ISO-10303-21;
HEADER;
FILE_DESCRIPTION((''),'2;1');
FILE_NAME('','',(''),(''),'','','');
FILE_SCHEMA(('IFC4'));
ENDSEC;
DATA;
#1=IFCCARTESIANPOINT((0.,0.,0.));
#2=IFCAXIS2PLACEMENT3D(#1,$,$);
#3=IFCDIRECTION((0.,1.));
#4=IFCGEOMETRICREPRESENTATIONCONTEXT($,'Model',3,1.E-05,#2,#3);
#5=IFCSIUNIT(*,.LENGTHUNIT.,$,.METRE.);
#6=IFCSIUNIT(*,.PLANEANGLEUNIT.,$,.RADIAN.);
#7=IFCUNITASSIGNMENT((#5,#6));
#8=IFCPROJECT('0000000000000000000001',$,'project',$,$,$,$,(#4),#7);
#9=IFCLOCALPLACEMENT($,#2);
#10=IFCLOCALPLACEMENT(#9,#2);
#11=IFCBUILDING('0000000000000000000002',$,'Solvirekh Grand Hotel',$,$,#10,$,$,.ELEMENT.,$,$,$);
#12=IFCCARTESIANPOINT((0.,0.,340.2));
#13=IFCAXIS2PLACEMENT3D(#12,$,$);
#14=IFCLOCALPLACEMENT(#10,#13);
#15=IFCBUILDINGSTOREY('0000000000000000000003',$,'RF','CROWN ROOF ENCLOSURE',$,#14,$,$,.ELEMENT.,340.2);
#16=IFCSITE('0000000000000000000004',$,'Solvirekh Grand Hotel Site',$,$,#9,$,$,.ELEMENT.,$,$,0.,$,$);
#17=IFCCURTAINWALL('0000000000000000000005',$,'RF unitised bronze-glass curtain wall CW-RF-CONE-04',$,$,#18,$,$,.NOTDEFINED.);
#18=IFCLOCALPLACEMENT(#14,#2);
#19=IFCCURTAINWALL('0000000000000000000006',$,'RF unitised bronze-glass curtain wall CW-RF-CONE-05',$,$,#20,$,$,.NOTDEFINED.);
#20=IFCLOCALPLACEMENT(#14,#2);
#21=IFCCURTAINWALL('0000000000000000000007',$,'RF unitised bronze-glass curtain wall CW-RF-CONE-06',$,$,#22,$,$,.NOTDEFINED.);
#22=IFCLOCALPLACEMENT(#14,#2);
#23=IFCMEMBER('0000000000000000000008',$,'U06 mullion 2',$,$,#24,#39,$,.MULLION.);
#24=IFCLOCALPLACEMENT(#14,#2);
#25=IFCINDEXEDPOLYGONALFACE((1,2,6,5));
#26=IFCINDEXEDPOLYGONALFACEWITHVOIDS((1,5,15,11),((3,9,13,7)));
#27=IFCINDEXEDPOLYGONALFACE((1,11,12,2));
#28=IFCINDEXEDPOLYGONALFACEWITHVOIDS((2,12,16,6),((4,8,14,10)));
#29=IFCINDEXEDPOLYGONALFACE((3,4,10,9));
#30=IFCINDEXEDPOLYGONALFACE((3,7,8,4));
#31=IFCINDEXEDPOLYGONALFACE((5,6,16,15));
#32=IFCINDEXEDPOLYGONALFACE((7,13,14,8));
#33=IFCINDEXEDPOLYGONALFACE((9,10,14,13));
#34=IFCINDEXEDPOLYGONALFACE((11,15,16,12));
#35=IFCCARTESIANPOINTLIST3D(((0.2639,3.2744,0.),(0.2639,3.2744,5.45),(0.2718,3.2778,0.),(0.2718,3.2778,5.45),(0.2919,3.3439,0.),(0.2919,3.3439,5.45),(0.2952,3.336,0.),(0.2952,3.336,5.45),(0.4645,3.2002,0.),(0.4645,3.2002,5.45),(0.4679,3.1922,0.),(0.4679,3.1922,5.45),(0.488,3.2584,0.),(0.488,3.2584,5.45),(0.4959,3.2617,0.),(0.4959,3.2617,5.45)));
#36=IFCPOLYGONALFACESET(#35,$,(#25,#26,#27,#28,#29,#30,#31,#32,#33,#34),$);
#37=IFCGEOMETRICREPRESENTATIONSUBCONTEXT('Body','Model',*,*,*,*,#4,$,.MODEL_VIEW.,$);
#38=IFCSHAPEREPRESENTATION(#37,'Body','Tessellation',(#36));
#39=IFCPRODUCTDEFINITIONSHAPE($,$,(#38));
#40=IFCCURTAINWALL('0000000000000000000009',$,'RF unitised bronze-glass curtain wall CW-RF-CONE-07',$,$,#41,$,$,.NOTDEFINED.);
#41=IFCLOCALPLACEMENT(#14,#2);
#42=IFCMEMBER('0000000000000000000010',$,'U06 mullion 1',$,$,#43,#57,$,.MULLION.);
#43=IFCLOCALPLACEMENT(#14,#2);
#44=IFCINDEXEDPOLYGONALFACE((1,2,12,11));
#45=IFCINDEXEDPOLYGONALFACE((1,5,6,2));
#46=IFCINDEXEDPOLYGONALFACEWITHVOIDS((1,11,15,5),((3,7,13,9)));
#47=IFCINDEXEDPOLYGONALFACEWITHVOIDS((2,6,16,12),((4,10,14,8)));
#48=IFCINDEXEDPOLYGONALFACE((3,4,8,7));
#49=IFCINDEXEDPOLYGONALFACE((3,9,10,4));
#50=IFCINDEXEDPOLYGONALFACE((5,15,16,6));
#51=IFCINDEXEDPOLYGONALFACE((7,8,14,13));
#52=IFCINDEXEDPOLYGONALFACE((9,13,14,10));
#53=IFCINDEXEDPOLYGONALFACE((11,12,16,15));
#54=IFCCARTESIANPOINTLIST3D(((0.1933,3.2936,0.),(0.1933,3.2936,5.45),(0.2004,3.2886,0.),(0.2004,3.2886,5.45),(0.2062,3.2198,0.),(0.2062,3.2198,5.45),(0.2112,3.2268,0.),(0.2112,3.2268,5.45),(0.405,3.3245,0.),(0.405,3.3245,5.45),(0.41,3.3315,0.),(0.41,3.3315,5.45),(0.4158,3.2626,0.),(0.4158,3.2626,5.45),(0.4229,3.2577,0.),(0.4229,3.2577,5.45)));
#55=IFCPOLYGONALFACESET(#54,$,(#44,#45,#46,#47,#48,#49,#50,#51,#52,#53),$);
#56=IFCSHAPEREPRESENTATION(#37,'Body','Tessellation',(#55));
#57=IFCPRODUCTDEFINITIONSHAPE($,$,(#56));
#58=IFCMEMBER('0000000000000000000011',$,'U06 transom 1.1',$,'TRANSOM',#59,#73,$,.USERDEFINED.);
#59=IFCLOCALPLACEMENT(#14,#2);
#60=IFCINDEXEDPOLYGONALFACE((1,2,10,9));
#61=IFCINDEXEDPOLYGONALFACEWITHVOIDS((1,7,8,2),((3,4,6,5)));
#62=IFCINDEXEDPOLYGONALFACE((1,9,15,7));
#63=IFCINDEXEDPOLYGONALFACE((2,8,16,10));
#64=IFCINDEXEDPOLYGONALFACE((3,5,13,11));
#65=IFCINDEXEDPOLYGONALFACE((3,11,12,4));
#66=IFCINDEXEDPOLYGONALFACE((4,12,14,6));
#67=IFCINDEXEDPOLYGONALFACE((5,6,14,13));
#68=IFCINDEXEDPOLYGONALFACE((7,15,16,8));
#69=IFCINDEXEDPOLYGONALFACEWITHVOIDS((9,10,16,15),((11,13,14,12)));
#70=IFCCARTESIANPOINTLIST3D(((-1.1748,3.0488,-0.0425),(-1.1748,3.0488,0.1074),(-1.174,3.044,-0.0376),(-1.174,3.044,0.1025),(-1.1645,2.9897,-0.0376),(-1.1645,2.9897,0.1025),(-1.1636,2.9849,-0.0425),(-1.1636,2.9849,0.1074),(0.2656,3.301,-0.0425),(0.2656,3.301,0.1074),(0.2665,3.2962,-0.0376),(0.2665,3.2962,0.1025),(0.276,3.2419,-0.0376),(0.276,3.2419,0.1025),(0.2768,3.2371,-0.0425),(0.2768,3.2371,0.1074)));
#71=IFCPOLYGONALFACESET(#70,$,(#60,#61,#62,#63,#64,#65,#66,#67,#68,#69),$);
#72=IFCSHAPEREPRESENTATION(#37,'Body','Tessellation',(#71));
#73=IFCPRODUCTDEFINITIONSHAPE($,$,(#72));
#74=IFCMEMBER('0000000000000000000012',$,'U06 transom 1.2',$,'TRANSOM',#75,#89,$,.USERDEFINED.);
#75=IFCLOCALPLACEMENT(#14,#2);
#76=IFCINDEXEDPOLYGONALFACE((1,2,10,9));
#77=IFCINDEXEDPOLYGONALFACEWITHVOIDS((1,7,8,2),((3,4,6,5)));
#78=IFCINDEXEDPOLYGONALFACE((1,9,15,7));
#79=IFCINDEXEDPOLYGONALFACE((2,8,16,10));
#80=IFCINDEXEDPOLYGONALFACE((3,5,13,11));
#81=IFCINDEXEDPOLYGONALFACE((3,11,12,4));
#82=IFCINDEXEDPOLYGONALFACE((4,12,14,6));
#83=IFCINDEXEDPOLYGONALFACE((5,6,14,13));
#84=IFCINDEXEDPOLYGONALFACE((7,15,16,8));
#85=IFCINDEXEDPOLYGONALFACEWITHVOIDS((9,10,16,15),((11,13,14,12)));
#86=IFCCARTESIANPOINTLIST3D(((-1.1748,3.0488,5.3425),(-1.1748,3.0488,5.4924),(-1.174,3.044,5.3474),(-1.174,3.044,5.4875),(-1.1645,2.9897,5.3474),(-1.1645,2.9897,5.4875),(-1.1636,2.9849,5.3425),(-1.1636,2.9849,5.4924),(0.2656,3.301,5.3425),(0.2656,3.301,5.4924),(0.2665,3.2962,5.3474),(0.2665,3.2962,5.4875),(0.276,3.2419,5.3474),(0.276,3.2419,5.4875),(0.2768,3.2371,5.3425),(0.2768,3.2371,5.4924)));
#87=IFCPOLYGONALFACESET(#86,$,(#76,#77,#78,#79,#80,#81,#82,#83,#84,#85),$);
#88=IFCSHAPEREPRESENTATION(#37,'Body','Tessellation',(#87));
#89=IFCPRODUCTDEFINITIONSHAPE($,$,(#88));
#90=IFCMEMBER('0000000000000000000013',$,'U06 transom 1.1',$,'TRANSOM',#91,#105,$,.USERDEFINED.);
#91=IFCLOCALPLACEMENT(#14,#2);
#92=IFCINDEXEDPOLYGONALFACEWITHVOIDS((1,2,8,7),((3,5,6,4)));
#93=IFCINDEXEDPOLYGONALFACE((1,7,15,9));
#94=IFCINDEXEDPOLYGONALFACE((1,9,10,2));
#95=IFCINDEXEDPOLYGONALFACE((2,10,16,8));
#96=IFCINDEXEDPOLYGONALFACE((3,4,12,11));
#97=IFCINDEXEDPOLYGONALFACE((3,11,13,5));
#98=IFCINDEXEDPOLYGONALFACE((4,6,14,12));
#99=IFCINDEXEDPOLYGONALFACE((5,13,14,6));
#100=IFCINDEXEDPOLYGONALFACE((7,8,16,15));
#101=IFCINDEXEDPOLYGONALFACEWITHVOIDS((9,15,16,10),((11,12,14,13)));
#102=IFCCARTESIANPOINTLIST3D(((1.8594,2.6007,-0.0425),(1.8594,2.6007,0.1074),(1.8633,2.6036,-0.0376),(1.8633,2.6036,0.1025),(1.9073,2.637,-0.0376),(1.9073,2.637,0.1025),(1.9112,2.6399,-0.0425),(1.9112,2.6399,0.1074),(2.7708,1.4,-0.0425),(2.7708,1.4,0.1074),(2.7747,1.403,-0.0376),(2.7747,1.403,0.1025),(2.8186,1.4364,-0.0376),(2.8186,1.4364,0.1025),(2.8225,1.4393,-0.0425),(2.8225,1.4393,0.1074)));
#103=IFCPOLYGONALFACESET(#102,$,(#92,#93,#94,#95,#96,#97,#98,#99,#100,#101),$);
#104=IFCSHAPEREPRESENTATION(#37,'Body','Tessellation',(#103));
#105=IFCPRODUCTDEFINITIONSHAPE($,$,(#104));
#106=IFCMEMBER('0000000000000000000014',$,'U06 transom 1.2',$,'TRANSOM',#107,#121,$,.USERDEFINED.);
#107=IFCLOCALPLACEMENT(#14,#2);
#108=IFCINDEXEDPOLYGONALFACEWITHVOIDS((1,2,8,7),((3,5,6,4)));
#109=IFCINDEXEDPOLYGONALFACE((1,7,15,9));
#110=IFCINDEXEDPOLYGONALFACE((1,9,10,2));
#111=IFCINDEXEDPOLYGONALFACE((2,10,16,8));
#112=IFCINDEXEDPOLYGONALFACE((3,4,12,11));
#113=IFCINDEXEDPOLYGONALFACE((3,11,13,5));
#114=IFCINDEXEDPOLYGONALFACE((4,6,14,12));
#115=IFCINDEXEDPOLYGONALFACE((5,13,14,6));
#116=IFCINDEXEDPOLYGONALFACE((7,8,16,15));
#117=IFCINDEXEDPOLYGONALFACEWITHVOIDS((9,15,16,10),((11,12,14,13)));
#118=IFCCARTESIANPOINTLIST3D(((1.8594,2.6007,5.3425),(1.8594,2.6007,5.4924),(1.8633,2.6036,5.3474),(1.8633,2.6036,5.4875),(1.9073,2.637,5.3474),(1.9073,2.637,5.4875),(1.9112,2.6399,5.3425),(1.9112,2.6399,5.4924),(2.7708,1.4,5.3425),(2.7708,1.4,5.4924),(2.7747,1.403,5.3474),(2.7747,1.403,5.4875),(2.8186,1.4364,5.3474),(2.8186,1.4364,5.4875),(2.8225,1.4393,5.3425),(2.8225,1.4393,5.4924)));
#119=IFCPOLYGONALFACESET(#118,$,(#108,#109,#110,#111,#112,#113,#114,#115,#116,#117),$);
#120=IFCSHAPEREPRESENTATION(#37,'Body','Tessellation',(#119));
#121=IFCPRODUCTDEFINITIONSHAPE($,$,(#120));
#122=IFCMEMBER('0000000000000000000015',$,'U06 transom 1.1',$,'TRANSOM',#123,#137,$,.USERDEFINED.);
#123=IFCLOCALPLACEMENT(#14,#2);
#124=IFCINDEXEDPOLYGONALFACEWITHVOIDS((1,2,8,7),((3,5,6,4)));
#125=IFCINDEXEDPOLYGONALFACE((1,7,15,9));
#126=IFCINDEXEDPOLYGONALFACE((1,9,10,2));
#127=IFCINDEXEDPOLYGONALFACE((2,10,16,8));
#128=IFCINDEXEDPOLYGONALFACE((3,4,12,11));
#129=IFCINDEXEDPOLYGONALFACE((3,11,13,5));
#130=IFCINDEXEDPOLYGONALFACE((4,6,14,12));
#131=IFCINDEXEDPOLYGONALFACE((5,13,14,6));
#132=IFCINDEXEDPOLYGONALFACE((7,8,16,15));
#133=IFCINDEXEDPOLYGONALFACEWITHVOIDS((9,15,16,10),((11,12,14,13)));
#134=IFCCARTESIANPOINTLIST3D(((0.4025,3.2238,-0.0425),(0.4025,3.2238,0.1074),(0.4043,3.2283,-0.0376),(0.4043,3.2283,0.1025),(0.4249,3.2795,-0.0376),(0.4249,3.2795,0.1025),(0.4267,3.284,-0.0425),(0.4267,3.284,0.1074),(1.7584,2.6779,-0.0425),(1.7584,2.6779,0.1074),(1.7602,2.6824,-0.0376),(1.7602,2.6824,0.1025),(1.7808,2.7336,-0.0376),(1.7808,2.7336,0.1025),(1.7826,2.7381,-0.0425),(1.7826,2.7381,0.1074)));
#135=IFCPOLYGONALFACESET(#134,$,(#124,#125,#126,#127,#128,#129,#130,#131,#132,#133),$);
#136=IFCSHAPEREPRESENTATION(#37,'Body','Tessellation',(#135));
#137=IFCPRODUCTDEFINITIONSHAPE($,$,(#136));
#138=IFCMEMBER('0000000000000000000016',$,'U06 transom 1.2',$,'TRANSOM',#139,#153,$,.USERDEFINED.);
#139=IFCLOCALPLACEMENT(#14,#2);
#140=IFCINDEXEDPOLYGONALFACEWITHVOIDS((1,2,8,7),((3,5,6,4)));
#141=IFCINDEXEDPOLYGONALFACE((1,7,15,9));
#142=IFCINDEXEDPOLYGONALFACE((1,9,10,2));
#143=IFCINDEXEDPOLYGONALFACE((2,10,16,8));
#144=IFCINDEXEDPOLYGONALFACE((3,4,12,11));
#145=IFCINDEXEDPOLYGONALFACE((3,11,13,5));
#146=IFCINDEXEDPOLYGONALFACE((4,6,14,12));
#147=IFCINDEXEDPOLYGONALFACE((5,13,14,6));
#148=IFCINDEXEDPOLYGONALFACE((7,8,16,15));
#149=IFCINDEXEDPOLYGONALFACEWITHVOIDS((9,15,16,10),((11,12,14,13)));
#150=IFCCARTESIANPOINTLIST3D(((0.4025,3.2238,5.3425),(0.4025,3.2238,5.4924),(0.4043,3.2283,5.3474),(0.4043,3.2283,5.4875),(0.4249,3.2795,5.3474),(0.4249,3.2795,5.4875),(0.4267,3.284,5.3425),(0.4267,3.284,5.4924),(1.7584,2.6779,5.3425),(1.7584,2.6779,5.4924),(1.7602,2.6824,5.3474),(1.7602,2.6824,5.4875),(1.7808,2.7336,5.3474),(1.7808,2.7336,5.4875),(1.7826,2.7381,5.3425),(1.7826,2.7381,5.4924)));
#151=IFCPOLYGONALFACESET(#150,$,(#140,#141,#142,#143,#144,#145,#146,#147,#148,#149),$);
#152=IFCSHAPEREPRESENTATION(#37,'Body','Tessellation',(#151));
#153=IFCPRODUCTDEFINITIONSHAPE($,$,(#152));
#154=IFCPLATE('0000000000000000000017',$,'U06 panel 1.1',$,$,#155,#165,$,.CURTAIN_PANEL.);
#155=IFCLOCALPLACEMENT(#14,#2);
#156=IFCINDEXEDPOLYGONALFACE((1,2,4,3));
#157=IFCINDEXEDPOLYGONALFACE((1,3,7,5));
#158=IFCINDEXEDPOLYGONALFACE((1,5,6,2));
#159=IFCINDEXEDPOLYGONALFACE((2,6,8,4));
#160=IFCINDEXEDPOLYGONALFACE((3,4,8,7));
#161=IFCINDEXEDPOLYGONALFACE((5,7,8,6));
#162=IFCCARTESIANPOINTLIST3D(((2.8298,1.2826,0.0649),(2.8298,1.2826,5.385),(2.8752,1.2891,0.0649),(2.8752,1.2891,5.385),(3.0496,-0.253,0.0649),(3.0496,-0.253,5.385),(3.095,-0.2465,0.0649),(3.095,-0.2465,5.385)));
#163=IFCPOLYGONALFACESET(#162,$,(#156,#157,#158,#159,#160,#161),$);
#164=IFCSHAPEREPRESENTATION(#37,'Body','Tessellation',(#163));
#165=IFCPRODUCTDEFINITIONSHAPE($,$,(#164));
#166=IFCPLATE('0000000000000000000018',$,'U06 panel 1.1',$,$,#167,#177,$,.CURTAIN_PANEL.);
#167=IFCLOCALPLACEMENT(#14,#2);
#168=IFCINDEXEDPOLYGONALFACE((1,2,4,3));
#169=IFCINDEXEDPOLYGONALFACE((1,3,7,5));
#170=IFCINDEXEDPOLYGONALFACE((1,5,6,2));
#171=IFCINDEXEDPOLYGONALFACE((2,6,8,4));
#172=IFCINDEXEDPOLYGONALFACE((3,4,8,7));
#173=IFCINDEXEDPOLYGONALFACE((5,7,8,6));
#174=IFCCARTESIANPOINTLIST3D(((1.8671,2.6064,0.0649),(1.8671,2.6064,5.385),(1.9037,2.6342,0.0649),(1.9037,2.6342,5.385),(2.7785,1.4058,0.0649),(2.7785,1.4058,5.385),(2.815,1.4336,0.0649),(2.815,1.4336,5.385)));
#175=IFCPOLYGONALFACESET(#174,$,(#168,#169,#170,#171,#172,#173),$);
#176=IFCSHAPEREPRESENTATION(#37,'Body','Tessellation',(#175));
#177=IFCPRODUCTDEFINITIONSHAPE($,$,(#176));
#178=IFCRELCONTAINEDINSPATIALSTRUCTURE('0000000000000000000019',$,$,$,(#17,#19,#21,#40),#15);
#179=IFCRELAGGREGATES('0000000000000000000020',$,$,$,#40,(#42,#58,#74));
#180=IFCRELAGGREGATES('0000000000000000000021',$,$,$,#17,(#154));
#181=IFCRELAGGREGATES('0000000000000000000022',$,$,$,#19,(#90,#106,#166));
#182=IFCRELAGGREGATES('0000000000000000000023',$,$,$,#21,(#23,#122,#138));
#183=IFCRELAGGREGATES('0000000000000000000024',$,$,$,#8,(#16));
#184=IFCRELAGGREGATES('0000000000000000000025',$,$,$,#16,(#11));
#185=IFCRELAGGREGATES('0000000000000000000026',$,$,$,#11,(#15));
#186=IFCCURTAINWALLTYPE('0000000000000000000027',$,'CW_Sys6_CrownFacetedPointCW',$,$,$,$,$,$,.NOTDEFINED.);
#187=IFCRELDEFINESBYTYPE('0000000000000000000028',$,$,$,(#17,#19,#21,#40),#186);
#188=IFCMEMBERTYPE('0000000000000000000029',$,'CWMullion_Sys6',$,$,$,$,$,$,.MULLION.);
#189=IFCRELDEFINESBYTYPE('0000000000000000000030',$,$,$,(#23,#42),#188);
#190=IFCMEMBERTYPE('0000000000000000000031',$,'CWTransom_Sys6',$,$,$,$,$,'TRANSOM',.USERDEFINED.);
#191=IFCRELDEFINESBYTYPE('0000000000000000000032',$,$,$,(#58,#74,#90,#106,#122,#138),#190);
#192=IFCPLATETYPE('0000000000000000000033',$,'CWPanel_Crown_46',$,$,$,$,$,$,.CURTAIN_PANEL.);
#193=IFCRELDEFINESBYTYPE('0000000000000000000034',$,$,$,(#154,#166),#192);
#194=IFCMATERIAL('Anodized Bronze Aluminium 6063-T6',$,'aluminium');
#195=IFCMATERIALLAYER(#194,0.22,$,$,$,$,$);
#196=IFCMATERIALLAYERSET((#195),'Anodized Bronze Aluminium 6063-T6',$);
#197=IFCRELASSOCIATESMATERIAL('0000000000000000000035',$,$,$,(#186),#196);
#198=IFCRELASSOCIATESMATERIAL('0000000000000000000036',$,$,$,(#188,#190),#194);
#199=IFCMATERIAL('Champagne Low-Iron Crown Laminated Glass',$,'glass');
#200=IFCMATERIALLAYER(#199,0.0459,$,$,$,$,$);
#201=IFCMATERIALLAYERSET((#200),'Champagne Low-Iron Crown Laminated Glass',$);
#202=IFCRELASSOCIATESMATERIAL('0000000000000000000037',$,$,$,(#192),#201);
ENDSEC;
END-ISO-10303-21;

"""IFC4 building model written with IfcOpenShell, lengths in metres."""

from ifc_helpers import new_model, si_unit, direction, frame, origin, origin_2d, place, context, subcontext, project, spatial, rectangle, hollow_rectangle, extrude, source, transform, mapped, material, layer, layer_set, material_profile, profile_set, type_object, element, aggregate, save


model = new_model("IFC4")

# Units and contexts
model_context = context("Model", 3, precision=1e-05, world=origin(), true_north=direction((0.0, 1.0)))
body_context = subcontext(model_context, "Body", "Model", "MODEL_VIEW")
ifc_project = project(units=[si_unit("LENGTHUNIT", "METRE"), si_unit("PLANEANGLEUNIT", "RADIAN")], contexts=[model_context])

# Site, building, storey
site_placement = place(None, origin())
site = spatial("IfcSite", under=ifc_project, at=site_placement, Name="Solvirekh Grand Hotel Site", CompositionType="ELEMENT", RefElevation=0.0)
building_placement = place(site_placement, origin())
building = spatial("IfcBuilding", under=site, at=building_placement, Name="Solvirekh Grand Hotel", CompositionType="ELEMENT")
storey_placement = place(building_placement, frame((0.0, 0.0, 340.2)))
storey = spatial("IfcBuildingStorey", under=building, at=storey_placement, Name="RF", Description="CROWN ROOF ENCLOSURE", CompositionType="ELEMENT", Elevation=340.2)

# Curtain wall
ifc_material_1 = material(Name="Anodized Bronze Aluminium 6063-T6", Category="aluminium")
ifc_layer_1 = layer(ifc_material_1, 0.22)
ifc_layer_set_1 = layer_set([ifc_layer_1], Name="Anodized Bronze Aluminium 6063-T6")
curtain_wall_type = type_object("IfcCurtainWallType", Name="CW_Sys6_CrownFacetedPointCW", PredefinedType="NOTDEFINED", material=ifc_layer_set_1)
curtain_wall_1_placement = place(storey_placement, origin())
curtain_wall_1 = element("IfcCurtainWall", 1, at=curtain_wall_1_placement, inside=storey, type_object=curtain_wall_type, Name="RF unitised bronze-glass curtain wall CW-RF-CONE-04", PredefinedType="NOTDEFINED")
ifc_material_profile_1 = material_profile(ifc_material_1, hollow_rectangle(XDim=0.075, YDim=0.22, WallThickness=0.0061, at=origin_2d()), Name="ALU RHS 220X75X6")
ifc_profile_set_1 = profile_set([ifc_material_profile_1], Name="Anodized Bronze Aluminium 6063-T6")
member_type_1 = type_object("IfcMemberType", Name="CWMullion_Sys6", PredefinedType="MULLION", material=ifc_profile_set_1)
shared_shape_1 = source(origin(), body_context, "Body", "SweptSolid", [
    extrude(hollow_rectangle(XDim=0.075, YDim=0.22, WallThickness=0.0061, at=origin_2d()), origin(), (0.0, 0.0, 1.0), 5.45),
])

# Curtain walls, members
curtain_wall_2_placement = place(storey_placement, origin())
curtain_wall_2 = element("IfcCurtainWall", 2, at=curtain_wall_2_placement, inside=storey, type_object=curtain_wall_type, Name="RF unitised bronze-glass curtain wall CW-RF-CONE-05", PredefinedType="NOTDEFINED")
curtain_wall_3_placement = place(storey_placement, origin())
curtain_wall_3 = element("IfcCurtainWall", 3, at=curtain_wall_3_placement, inside=storey, type_object=curtain_wall_type, Name="RF unitised bronze-glass curtain wall CW-RF-CONE-06", PredefinedType="NOTDEFINED")
member_1_placement = place(storey_placement, frame((0.3799, 3.2681, 0.0), z_axis=(0.0, 0.0, 1.0), x_axis=(-0.373529, -0.927618, 0.0)))
member_1 = element("IfcMember", 4, at=member_1_placement, type_object=member_type_1, Name="U06 mullion 2", PredefinedType="MULLION", context=body_context, shape_type="MappedRepresentation", body=[
    mapped(shared_shape_1, transform((0.0, 0.0, 0.0), x_axis=(1.0, 0.0, 0.0), y_axis=(0.0, 1.0, 0.0), z_axis=(0.0, 0.0, 1.0), scale=1.0)),
])
curtain_wall_4_placement = place(storey_placement, origin())
curtain_wall_4 = element("IfcCurtainWall", 5, at=curtain_wall_4_placement, inside=storey, type_object=curtain_wall_type, Name="RF unitised bronze-glass curtain wall CW-RF-CONE-07", PredefinedType="NOTDEFINED")
member_2_placement = place(storey_placement, frame((0.3081, 3.2756, 0.0), z_axis=(0.0, 0.0, 1.0), x_axis=(0.172441, -0.98502, 0.0)))
member_2 = element("IfcMember", 6, at=member_2_placement, type_object=member_type_1, Name="U06 mullion 1", PredefinedType="MULLION", context=body_context, shape_type="MappedRepresentation", body=[
    mapped(shared_shape_1, transform((0.0, 0.0, 0.0), x_axis=(1.0, 0.0, 0.0), y_axis=(0.0, 1.0, 0.0), z_axis=(0.0, 0.0, 1.0), scale=1.0)),
])
ifc_material_profile_2 = material_profile(ifc_material_1, hollow_rectangle(XDim=0.0649, YDim=0.1499, WallThickness=0.0049, at=origin_2d()), Name="ALU RHS 150X65X5")
ifc_profile_set_2 = profile_set([ifc_material_profile_2], Name="Anodized Bronze Aluminium 6063-T6")
member_type_2 = type_object("IfcMemberType", Name="CWTransom_Sys6", ElementType="TRANSOM", PredefinedType="USERDEFINED", material=ifc_profile_set_2)
shared_shape_2 = source(origin(), body_context, "Body", "SweptSolid", [
    extrude(hollow_rectangle(XDim=0.0649, YDim=0.1499, WallThickness=0.0049, at=origin_2d()), origin(), (0.0, 0.0, 1.0), 1.4624),
])
member_3_placement = place(storey_placement, frame((0.2712, 3.269, 0.0325), z_axis=(-0.985016, -0.172461, 0.0), x_axis=(0.172461, -0.985016, 0.0)))
member_3 = element("IfcMember", 7, at=member_3_placement, type_object=member_type_2, Name="U06 transom 1.1", ObjectType="TRANSOM", PredefinedType="USERDEFINED", context=body_context, shape_type="MappedRepresentation", body=[
    mapped(shared_shape_2, transform((0.0, 0.0, 0.0), x_axis=(1.0, 0.0, 0.0), y_axis=(0.0, 1.0, 0.0), z_axis=(0.0, 0.0, 1.0), scale=1.0)),
])
member_4_placement = place(storey_placement, frame((0.2712, 3.269, 5.4175), z_axis=(-0.985016, -0.172461, 0.0), x_axis=(0.172461, -0.985016, 0.0)))
member_4 = element("IfcMember", 8, at=member_4_placement, type_object=member_type_2, Name="U06 transom 1.2", ObjectType="TRANSOM", PredefinedType="USERDEFINED", context=body_context, shape_type="MappedRepresentation", body=[
    mapped(shared_shape_2, transform((0.0, 0.0, 0.0), x_axis=(1.0, 0.0, 0.0), y_axis=(0.0, 1.0, 0.0), z_axis=(0.0, 0.0, 1.0), scale=1.0)),
])
aggregate(curtain_wall_4, [member_2, member_3, member_4])

# Members
shared_shape_3 = source(origin(), body_context, "Body", "SweptSolid", [
    extrude(hollow_rectangle(XDim=0.0649, YDim=0.1499, WallThickness=0.0049, at=origin_2d()), origin(), (0.0, 0.0, 1.0), 1.5073),
])
member_5_placement = place(storey_placement, frame((2.7966, 1.4197, 0.0325), z_axis=(-0.604603, 0.796527, 0.0), x_axis=(-0.796527, -0.604603, 0.0)))
member_5 = element("IfcMember", 9, at=member_5_placement, type_object=member_type_2, Name="U06 transom 1.1", ObjectType="TRANSOM", PredefinedType="USERDEFINED", context=body_context, shape_type="MappedRepresentation", body=[
    mapped(shared_shape_3, transform((0.0, 0.0, 0.0), x_axis=(1.0, 0.0, 0.0), y_axis=(0.0, 1.0, 0.0), z_axis=(0.0, 0.0, 1.0), scale=1.0)),
])
member_6_placement = place(storey_placement, frame((2.7966, 1.4197, 5.4175), z_axis=(-0.604603, 0.796527, 0.0), x_axis=(-0.796527, -0.604603, 0.0)))
member_6 = element("IfcMember", 10, at=member_6_placement, type_object=member_type_2, Name="U06 transom 1.2", ObjectType="TRANSOM", PredefinedType="USERDEFINED", context=body_context, shape_type="MappedRepresentation", body=[
    mapped(shared_shape_3, transform((0.0, 0.0, 0.0), x_axis=(1.0, 0.0, 0.0), y_axis=(0.0, 1.0, 0.0), z_axis=(0.0, 0.0, 1.0), scale=1.0)),
])
shared_shape_4 = source(origin(), body_context, "Body", "SweptSolid", [
    extrude(hollow_rectangle(XDim=0.0649, YDim=0.1499, WallThickness=0.0049, at=origin_2d()), origin(), (0.0, 0.0, 1.0), 1.4617),
])
member_7_placement = place(storey_placement, frame((1.7705, 2.708, 0.0325), z_axis=(-0.927645, 0.373463, 0.0), x_axis=(-0.373463, -0.927645, 0.0)))
member_7 = element("IfcMember", 11, at=member_7_placement, type_object=member_type_2, Name="U06 transom 1.1", ObjectType="TRANSOM", PredefinedType="USERDEFINED", context=body_context, shape_type="MappedRepresentation", body=[
    mapped(shared_shape_4, transform((0.0, 0.0, 0.0), x_axis=(1.0, 0.0, 0.0), y_axis=(0.0, 1.0, 0.0), z_axis=(0.0, 0.0, 1.0), scale=1.0)),
])
member_8_placement = place(storey_placement, frame((1.7705, 2.708, 5.4175), z_axis=(-0.927645, 0.373463, 0.0), x_axis=(-0.373463, -0.927645, 0.0)))
member_8 = element("IfcMember", 12, at=member_8_placement, type_object=member_type_2, Name="U06 transom 1.2", ObjectType="TRANSOM", PredefinedType="USERDEFINED", context=body_context, shape_type="MappedRepresentation", body=[
    mapped(shared_shape_4, transform((0.0, 0.0, 0.0), x_axis=(1.0, 0.0, 0.0), y_axis=(0.0, 1.0, 0.0), z_axis=(0.0, 0.0, 1.0), scale=1.0)),
])

# Plates
ifc_material_2 = material(Name="Champagne Low-Iron Crown Laminated Glass", Category="glass")
ifc_layer_2 = layer(ifc_material_2, 0.0459)
ifc_layer_set_2 = layer_set([ifc_layer_2], Name="Champagne Low-Iron Crown Laminated Glass")
plate_type = type_object("IfcPlateType", Name="CWPanel_Crown_46", PredefinedType="CURTAIN_PANEL", material=ifc_layer_set_2)
shared_shape_5 = source(origin(), body_context, "Body", "SweptSolid", [
    extrude(rectangle(XDim=1.5513, YDim=0.0459, at=origin_2d()), origin(), (0.0, 0.0, 1.0), 5.3201),
])
plate_1_placement = place(storey_placement, frame((2.9624, 0.5181, 0.0649), z_axis=(0.0, 0.0, 1.0), x_axis=(-0.141668, 0.989914, 0.0)))
plate_1 = element("IfcPlate", 13, at=plate_1_placement, type_object=plate_type, Name="U06 panel 1.1", PredefinedType="CURTAIN_PANEL", context=body_context, shape_type="MappedRepresentation", body=[
    mapped(shared_shape_5, transform((0.0, 0.0, 0.0), x_axis=(1.0, 0.0, 0.0), y_axis=(0.0, 1.0, 0.0), z_axis=(0.0, 0.0, 1.0), scale=1.0)),
])
aggregate(curtain_wall_1, [plate_1])
shared_shape_6 = source(origin(), body_context, "Body", "SweptSolid", [
    extrude(rectangle(XDim=1.5073, YDim=0.0459, at=origin_2d()), origin(), (0.0, 0.0, 1.0), 5.3201),
])
plate_2_placement = place(storey_placement, frame((2.3411, 2.02, 0.0649), z_axis=(0.0, 0.0, 1.0), x_axis=(-0.604624, 0.796511, 0.0)))
plate_2 = element("IfcPlate", 14, at=plate_2_placement, type_object=plate_type, Name="U06 panel 1.1", PredefinedType="CURTAIN_PANEL", context=body_context, shape_type="MappedRepresentation", body=[
    mapped(shared_shape_6, transform((0.0, 0.0, 0.0), x_axis=(1.0, 0.0, 0.0), y_axis=(0.0, 1.0, 0.0), z_axis=(0.0, 0.0, 1.0), scale=1.0)),
])
aggregate(curtain_wall_2, [member_5, member_6, plate_2])
aggregate(curtain_wall_3, [member_1, member_7, member_8])

save(model, "model.ifc")
